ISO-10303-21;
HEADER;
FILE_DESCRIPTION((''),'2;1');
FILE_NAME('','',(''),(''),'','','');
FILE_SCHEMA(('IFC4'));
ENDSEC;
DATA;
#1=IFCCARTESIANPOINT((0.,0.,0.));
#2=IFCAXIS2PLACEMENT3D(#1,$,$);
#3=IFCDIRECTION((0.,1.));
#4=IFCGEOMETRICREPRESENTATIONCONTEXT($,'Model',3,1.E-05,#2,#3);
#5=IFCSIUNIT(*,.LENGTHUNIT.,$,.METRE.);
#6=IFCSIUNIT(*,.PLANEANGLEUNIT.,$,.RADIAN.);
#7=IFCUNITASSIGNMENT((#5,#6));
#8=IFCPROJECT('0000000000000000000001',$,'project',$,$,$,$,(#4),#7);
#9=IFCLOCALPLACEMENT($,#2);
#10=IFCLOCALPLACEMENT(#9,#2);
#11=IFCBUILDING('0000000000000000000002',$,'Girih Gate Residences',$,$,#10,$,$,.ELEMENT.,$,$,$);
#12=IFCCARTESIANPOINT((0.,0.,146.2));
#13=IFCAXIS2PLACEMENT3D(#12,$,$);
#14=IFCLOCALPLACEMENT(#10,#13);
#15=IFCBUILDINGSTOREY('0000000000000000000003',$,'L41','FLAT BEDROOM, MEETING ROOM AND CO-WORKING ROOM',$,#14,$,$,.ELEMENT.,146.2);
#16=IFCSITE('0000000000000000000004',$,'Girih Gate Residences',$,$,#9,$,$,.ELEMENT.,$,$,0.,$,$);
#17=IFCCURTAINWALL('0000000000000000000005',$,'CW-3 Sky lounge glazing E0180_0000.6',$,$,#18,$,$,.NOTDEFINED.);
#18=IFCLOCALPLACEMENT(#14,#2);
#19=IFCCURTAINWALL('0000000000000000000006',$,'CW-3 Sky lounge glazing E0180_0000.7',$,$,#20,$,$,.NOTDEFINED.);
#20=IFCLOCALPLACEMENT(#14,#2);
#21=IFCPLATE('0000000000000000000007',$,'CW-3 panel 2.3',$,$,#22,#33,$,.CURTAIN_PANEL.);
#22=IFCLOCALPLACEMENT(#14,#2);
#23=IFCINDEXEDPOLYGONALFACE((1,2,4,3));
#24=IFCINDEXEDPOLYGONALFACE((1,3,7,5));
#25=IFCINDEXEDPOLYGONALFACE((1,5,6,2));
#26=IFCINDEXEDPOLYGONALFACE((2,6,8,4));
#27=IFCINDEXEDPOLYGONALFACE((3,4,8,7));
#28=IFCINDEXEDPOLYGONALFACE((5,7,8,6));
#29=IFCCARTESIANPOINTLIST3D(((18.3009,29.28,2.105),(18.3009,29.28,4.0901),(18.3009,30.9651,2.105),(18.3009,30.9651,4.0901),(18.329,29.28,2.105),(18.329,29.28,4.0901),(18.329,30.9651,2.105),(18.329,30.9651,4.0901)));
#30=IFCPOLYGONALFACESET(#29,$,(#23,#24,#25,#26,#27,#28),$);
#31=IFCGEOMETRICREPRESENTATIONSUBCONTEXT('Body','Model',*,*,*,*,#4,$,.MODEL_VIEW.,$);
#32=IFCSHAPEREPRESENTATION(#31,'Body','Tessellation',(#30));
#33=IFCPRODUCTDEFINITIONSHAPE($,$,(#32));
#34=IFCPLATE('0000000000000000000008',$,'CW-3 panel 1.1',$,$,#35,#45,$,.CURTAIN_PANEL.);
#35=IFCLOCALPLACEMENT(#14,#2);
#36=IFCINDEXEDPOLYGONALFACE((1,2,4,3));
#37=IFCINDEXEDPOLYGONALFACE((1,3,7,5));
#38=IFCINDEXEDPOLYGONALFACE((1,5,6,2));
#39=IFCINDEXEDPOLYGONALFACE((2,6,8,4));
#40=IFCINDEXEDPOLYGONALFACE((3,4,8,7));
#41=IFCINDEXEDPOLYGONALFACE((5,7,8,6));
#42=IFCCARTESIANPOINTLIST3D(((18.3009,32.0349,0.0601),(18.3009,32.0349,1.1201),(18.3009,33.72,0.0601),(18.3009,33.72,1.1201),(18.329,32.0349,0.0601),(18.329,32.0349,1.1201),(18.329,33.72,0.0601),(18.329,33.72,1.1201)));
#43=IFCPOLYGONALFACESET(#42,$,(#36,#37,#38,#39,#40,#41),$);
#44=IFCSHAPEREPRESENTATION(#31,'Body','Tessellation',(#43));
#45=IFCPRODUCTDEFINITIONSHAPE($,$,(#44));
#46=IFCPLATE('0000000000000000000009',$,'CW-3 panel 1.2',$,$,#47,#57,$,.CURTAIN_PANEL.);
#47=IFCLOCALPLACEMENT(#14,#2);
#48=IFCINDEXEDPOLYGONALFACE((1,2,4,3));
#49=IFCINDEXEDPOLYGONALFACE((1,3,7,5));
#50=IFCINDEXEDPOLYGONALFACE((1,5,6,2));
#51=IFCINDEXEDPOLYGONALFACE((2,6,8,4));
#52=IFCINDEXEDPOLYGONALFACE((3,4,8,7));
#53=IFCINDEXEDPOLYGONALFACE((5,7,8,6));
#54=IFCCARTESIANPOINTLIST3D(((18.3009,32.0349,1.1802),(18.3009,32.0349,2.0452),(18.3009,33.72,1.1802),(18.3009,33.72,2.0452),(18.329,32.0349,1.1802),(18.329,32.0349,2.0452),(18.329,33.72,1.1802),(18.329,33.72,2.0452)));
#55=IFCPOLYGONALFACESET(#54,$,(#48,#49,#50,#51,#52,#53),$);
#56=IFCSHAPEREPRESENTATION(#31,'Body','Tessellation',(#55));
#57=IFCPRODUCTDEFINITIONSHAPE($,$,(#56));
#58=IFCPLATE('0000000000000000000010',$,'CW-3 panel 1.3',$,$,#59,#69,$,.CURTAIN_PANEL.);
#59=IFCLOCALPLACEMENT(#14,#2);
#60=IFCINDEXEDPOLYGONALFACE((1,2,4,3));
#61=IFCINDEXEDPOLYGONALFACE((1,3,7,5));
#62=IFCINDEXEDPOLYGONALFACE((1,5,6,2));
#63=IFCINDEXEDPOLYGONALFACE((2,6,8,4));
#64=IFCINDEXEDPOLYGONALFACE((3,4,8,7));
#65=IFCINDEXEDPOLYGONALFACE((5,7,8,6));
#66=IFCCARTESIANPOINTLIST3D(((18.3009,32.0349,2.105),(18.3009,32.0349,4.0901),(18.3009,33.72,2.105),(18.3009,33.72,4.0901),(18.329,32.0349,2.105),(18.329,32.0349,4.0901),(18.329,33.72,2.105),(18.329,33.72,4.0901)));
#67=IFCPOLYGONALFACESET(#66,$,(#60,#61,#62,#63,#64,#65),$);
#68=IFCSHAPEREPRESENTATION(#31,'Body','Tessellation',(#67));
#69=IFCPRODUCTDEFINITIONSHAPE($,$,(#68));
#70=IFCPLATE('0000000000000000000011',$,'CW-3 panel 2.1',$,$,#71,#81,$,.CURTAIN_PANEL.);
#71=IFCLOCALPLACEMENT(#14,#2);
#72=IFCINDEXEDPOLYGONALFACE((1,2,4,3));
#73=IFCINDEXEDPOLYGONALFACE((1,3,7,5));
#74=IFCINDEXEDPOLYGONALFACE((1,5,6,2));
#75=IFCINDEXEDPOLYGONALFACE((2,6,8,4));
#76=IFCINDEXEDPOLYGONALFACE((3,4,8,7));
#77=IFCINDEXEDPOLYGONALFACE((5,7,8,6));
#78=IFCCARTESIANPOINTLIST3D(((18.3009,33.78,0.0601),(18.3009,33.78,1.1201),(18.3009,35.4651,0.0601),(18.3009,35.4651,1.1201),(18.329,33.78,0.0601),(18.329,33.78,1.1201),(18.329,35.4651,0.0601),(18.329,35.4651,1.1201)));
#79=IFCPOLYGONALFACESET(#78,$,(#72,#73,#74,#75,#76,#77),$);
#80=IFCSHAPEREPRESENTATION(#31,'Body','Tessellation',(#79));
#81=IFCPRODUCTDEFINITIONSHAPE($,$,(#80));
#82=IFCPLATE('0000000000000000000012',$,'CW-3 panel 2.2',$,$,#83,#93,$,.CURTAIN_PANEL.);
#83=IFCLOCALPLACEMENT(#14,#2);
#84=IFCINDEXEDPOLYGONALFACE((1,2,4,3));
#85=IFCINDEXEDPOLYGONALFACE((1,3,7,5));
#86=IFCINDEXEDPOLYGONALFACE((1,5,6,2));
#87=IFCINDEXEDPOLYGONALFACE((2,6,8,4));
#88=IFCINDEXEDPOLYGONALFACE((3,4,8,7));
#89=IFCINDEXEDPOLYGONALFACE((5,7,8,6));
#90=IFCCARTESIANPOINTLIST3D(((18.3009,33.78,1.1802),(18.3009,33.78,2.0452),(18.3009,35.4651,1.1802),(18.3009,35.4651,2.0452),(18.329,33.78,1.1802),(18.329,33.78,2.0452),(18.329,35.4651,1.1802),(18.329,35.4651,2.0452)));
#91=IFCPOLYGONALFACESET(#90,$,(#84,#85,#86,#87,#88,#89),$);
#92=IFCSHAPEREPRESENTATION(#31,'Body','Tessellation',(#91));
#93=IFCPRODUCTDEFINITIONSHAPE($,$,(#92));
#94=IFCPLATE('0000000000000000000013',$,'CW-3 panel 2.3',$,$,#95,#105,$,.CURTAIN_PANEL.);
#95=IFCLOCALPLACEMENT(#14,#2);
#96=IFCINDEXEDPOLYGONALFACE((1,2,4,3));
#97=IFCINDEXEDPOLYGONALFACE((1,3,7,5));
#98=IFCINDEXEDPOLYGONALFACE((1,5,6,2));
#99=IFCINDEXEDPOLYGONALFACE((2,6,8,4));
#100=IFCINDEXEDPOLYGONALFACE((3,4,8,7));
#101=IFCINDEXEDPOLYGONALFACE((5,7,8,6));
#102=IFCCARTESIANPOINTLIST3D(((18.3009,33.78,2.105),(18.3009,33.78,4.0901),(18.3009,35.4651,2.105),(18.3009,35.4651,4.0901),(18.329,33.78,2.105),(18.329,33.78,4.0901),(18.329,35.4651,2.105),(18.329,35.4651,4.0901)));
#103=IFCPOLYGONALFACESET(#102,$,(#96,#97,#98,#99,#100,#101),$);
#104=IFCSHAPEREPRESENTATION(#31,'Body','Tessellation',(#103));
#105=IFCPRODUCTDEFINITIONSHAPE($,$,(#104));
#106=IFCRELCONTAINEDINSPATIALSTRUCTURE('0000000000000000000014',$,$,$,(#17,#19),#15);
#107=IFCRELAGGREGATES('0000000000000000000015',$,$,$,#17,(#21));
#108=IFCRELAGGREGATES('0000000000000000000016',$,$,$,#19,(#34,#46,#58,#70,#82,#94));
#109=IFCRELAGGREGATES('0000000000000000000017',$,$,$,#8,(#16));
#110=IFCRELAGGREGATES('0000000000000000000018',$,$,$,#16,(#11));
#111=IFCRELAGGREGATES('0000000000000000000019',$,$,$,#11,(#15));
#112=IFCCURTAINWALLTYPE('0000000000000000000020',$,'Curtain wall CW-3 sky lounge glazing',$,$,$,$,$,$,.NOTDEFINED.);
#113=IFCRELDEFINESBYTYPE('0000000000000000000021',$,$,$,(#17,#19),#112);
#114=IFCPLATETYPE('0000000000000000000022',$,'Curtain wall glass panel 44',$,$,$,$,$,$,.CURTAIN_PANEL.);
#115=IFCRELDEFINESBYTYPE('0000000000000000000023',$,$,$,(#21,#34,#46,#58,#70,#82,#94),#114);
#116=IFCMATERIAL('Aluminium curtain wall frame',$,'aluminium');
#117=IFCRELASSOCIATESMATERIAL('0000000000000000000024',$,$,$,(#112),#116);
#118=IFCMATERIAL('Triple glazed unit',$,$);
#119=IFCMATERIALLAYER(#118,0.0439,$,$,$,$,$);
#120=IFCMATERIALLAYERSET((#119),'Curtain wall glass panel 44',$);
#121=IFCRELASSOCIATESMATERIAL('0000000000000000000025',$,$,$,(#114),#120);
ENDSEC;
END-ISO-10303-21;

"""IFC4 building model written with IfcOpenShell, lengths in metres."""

from ifc_helpers import new_model, si_unit, direction, frame, origin, origin_2d, place, context, subcontext, project, spatial, rectangle, extrude, material, layer, layer_set, type_object, element, aggregate, save


model = new_model("IFC4")

# Units and contexts
model_context = context("Model", 3, precision=1e-05, world=origin(), true_north=direction((0.0, 1.0)))
body_context = subcontext(model_context, "Body", "Model", "MODEL_VIEW")
ifc_project = project(units=[si_unit("LENGTHUNIT", "METRE"), si_unit("PLANEANGLEUNIT", "RADIAN")], contexts=[model_context])

# Site, building, storey
site_placement = place(None, origin())
site = spatial("IfcSite", under=ifc_project, at=site_placement, Name="Girih Gate Residences", CompositionType="ELEMENT", RefElevation=0.0)
building_placement = place(site_placement, origin())
building = spatial("IfcBuilding", under=site, at=building_placement, Name="Girih Gate Residences", CompositionType="ELEMENT")
storey_placement = place(building_placement, frame((0.0, 0.0, 146.2)))
storey = spatial("IfcBuildingStorey", under=building, at=storey_placement, Name="L41", Description="FLAT BEDROOM, MEETING ROOM AND CO-WORKING ROOM", CompositionType="ELEMENT", Elevation=146.2)

# Curtain wall
ifc_material_1 = material(Name="Aluminium curtain wall frame", Category="aluminium")
curtain_wall_type = type_object("IfcCurtainWallType", Name="Curtain wall CW-3 sky lounge glazing", PredefinedType="NOTDEFINED", material=ifc_material_1)
curtain_wall_1_placement = place(storey_placement, origin())
curtain_wall_1 = element("IfcCurtainWall", 1, at=curtain_wall_1_placement, inside=storey, type_object=curtain_wall_type, Name="CW-3 Sky lounge glazing E0180_0000.6", PredefinedType="NOTDEFINED")

# Curtain wall
curtain_wall_2_placement = place(storey_placement, origin())
curtain_wall_2 = element("IfcCurtainWall", 2, at=curtain_wall_2_placement, inside=storey, type_object=curtain_wall_type, Name="CW-3 Sky lounge glazing E0180_0000.7", PredefinedType="NOTDEFINED")

# Plates
ifc_material_2 = material(Name="Triple glazed unit")
ifc_layer = layer(ifc_material_2, 0.0439)
ifc_layer_set = layer_set([ifc_layer], Name="Curtain wall glass panel 44")
plate_type = type_object("IfcPlateType", Name="Curtain wall glass panel 44", PredefinedType="CURTAIN_PANEL", material=ifc_layer_set)
plate_1_placement = place(storey_placement, frame((18.3149, 30.1226, 2.105), z_axis=(0.0, 0.0, 1.0), x_axis=(0.0, 1.0, 0.0)))
plate_1 = element("IfcPlate", 3, at=plate_1_placement, type_object=plate_type, Name="CW-3 panel 2.3", PredefinedType="CURTAIN_PANEL", context=body_context, shape_type="SweptSolid", body=[
    extrude(rectangle(XDim=1.6851, YDim=0.0281, at=origin_2d()), origin(), (0.0, 0.0, 1.0), 1.9851),
])
aggregate(curtain_wall_1, [plate_1])
plate_2_placement = place(storey_placement, frame((18.3149, 32.8774, 0.0601), z_axis=(0.0, 0.0, 1.0), x_axis=(0.0, 1.0, 0.0)))
plate_2 = element("IfcPlate", 4, at=plate_2_placement, type_object=plate_type, Name="CW-3 panel 1.1", PredefinedType="CURTAIN_PANEL", context=body_context, shape_type="SweptSolid", body=[
    extrude(rectangle(XDim=1.6851, YDim=0.0281, at=origin_2d()), origin(), (0.0, 0.0, 1.0), 1.0601),
])
plate_3_placement = place(storey_placement, frame((18.3149, 32.8774, 1.1802), z_axis=(0.0, 0.0, 1.0), x_axis=(0.0, 1.0, 0.0)))
plate_3 = element("IfcPlate", 5, at=plate_3_placement, type_object=plate_type, Name="CW-3 panel 1.2", PredefinedType="CURTAIN_PANEL", context=body_context, shape_type="SweptSolid", body=[
    extrude(rectangle(XDim=1.6851, YDim=0.0281, at=origin_2d()), origin(), (0.0, 0.0, 1.0), 0.865),
])
plate_4_placement = place(storey_placement, frame((18.3149, 32.8774, 2.105), z_axis=(0.0, 0.0, 1.0), x_axis=(0.0, 1.0, 0.0)))
plate_4 = element("IfcPlate", 6, at=plate_4_placement, type_object=plate_type, Name="CW-3 panel 1.3", PredefinedType="CURTAIN_PANEL", context=body_context, shape_type="SweptSolid", body=[
    extrude(rectangle(XDim=1.6851, YDim=0.0281, at=origin_2d()), origin(), (0.0, 0.0, 1.0), 1.9851),
])
plate_5_placement = place(storey_placement, frame((18.3149, 34.6226, 0.0601), z_axis=(0.0, 0.0, 1.0), x_axis=(0.0, 1.0, 0.0)))
plate_5 = element("IfcPlate", 7, at=plate_5_placement, type_object=plate_type, Name="CW-3 panel 2.1", PredefinedType="CURTAIN_PANEL", context=body_context, shape_type="SweptSolid", body=[
    extrude(rectangle(XDim=1.6851, YDim=0.0281, at=origin_2d()), origin(), (0.0, 0.0, 1.0), 1.0601),
])
plate_6_placement = place(storey_placement, frame((18.3149, 34.6226, 1.1802), z_axis=(0.0, 0.0, 1.0), x_axis=(0.0, 1.0, 0.0)))
plate_6 = element("IfcPlate", 8, at=plate_6_placement, type_object=plate_type, Name="CW-3 panel 2.2", PredefinedType="CURTAIN_PANEL", context=body_context, shape_type="SweptSolid", body=[
    extrude(rectangle(XDim=1.6851, YDim=0.0281, at=origin_2d()), origin(), (0.0, 0.0, 1.0), 0.865),
])
plate_7_placement = place(storey_placement, frame((18.3149, 34.6226, 2.105), z_axis=(0.0, 0.0, 1.0), x_axis=(0.0, 1.0, 0.0)))
plate_7 = element("IfcPlate", 9, at=plate_7_placement, type_object=plate_type, Name="CW-3 panel 2.3", PredefinedType="CURTAIN_PANEL", context=body_context, shape_type="SweptSolid", body=[
    extrude(rectangle(XDim=1.6851, YDim=0.0281, at=origin_2d()), origin(), (0.0, 0.0, 1.0), 1.9851),
])
aggregate(curtain_wall_2, [plate_2, plate_3, plate_4, plate_5, plate_6, plate_7])

save(model, "model.ifc")
